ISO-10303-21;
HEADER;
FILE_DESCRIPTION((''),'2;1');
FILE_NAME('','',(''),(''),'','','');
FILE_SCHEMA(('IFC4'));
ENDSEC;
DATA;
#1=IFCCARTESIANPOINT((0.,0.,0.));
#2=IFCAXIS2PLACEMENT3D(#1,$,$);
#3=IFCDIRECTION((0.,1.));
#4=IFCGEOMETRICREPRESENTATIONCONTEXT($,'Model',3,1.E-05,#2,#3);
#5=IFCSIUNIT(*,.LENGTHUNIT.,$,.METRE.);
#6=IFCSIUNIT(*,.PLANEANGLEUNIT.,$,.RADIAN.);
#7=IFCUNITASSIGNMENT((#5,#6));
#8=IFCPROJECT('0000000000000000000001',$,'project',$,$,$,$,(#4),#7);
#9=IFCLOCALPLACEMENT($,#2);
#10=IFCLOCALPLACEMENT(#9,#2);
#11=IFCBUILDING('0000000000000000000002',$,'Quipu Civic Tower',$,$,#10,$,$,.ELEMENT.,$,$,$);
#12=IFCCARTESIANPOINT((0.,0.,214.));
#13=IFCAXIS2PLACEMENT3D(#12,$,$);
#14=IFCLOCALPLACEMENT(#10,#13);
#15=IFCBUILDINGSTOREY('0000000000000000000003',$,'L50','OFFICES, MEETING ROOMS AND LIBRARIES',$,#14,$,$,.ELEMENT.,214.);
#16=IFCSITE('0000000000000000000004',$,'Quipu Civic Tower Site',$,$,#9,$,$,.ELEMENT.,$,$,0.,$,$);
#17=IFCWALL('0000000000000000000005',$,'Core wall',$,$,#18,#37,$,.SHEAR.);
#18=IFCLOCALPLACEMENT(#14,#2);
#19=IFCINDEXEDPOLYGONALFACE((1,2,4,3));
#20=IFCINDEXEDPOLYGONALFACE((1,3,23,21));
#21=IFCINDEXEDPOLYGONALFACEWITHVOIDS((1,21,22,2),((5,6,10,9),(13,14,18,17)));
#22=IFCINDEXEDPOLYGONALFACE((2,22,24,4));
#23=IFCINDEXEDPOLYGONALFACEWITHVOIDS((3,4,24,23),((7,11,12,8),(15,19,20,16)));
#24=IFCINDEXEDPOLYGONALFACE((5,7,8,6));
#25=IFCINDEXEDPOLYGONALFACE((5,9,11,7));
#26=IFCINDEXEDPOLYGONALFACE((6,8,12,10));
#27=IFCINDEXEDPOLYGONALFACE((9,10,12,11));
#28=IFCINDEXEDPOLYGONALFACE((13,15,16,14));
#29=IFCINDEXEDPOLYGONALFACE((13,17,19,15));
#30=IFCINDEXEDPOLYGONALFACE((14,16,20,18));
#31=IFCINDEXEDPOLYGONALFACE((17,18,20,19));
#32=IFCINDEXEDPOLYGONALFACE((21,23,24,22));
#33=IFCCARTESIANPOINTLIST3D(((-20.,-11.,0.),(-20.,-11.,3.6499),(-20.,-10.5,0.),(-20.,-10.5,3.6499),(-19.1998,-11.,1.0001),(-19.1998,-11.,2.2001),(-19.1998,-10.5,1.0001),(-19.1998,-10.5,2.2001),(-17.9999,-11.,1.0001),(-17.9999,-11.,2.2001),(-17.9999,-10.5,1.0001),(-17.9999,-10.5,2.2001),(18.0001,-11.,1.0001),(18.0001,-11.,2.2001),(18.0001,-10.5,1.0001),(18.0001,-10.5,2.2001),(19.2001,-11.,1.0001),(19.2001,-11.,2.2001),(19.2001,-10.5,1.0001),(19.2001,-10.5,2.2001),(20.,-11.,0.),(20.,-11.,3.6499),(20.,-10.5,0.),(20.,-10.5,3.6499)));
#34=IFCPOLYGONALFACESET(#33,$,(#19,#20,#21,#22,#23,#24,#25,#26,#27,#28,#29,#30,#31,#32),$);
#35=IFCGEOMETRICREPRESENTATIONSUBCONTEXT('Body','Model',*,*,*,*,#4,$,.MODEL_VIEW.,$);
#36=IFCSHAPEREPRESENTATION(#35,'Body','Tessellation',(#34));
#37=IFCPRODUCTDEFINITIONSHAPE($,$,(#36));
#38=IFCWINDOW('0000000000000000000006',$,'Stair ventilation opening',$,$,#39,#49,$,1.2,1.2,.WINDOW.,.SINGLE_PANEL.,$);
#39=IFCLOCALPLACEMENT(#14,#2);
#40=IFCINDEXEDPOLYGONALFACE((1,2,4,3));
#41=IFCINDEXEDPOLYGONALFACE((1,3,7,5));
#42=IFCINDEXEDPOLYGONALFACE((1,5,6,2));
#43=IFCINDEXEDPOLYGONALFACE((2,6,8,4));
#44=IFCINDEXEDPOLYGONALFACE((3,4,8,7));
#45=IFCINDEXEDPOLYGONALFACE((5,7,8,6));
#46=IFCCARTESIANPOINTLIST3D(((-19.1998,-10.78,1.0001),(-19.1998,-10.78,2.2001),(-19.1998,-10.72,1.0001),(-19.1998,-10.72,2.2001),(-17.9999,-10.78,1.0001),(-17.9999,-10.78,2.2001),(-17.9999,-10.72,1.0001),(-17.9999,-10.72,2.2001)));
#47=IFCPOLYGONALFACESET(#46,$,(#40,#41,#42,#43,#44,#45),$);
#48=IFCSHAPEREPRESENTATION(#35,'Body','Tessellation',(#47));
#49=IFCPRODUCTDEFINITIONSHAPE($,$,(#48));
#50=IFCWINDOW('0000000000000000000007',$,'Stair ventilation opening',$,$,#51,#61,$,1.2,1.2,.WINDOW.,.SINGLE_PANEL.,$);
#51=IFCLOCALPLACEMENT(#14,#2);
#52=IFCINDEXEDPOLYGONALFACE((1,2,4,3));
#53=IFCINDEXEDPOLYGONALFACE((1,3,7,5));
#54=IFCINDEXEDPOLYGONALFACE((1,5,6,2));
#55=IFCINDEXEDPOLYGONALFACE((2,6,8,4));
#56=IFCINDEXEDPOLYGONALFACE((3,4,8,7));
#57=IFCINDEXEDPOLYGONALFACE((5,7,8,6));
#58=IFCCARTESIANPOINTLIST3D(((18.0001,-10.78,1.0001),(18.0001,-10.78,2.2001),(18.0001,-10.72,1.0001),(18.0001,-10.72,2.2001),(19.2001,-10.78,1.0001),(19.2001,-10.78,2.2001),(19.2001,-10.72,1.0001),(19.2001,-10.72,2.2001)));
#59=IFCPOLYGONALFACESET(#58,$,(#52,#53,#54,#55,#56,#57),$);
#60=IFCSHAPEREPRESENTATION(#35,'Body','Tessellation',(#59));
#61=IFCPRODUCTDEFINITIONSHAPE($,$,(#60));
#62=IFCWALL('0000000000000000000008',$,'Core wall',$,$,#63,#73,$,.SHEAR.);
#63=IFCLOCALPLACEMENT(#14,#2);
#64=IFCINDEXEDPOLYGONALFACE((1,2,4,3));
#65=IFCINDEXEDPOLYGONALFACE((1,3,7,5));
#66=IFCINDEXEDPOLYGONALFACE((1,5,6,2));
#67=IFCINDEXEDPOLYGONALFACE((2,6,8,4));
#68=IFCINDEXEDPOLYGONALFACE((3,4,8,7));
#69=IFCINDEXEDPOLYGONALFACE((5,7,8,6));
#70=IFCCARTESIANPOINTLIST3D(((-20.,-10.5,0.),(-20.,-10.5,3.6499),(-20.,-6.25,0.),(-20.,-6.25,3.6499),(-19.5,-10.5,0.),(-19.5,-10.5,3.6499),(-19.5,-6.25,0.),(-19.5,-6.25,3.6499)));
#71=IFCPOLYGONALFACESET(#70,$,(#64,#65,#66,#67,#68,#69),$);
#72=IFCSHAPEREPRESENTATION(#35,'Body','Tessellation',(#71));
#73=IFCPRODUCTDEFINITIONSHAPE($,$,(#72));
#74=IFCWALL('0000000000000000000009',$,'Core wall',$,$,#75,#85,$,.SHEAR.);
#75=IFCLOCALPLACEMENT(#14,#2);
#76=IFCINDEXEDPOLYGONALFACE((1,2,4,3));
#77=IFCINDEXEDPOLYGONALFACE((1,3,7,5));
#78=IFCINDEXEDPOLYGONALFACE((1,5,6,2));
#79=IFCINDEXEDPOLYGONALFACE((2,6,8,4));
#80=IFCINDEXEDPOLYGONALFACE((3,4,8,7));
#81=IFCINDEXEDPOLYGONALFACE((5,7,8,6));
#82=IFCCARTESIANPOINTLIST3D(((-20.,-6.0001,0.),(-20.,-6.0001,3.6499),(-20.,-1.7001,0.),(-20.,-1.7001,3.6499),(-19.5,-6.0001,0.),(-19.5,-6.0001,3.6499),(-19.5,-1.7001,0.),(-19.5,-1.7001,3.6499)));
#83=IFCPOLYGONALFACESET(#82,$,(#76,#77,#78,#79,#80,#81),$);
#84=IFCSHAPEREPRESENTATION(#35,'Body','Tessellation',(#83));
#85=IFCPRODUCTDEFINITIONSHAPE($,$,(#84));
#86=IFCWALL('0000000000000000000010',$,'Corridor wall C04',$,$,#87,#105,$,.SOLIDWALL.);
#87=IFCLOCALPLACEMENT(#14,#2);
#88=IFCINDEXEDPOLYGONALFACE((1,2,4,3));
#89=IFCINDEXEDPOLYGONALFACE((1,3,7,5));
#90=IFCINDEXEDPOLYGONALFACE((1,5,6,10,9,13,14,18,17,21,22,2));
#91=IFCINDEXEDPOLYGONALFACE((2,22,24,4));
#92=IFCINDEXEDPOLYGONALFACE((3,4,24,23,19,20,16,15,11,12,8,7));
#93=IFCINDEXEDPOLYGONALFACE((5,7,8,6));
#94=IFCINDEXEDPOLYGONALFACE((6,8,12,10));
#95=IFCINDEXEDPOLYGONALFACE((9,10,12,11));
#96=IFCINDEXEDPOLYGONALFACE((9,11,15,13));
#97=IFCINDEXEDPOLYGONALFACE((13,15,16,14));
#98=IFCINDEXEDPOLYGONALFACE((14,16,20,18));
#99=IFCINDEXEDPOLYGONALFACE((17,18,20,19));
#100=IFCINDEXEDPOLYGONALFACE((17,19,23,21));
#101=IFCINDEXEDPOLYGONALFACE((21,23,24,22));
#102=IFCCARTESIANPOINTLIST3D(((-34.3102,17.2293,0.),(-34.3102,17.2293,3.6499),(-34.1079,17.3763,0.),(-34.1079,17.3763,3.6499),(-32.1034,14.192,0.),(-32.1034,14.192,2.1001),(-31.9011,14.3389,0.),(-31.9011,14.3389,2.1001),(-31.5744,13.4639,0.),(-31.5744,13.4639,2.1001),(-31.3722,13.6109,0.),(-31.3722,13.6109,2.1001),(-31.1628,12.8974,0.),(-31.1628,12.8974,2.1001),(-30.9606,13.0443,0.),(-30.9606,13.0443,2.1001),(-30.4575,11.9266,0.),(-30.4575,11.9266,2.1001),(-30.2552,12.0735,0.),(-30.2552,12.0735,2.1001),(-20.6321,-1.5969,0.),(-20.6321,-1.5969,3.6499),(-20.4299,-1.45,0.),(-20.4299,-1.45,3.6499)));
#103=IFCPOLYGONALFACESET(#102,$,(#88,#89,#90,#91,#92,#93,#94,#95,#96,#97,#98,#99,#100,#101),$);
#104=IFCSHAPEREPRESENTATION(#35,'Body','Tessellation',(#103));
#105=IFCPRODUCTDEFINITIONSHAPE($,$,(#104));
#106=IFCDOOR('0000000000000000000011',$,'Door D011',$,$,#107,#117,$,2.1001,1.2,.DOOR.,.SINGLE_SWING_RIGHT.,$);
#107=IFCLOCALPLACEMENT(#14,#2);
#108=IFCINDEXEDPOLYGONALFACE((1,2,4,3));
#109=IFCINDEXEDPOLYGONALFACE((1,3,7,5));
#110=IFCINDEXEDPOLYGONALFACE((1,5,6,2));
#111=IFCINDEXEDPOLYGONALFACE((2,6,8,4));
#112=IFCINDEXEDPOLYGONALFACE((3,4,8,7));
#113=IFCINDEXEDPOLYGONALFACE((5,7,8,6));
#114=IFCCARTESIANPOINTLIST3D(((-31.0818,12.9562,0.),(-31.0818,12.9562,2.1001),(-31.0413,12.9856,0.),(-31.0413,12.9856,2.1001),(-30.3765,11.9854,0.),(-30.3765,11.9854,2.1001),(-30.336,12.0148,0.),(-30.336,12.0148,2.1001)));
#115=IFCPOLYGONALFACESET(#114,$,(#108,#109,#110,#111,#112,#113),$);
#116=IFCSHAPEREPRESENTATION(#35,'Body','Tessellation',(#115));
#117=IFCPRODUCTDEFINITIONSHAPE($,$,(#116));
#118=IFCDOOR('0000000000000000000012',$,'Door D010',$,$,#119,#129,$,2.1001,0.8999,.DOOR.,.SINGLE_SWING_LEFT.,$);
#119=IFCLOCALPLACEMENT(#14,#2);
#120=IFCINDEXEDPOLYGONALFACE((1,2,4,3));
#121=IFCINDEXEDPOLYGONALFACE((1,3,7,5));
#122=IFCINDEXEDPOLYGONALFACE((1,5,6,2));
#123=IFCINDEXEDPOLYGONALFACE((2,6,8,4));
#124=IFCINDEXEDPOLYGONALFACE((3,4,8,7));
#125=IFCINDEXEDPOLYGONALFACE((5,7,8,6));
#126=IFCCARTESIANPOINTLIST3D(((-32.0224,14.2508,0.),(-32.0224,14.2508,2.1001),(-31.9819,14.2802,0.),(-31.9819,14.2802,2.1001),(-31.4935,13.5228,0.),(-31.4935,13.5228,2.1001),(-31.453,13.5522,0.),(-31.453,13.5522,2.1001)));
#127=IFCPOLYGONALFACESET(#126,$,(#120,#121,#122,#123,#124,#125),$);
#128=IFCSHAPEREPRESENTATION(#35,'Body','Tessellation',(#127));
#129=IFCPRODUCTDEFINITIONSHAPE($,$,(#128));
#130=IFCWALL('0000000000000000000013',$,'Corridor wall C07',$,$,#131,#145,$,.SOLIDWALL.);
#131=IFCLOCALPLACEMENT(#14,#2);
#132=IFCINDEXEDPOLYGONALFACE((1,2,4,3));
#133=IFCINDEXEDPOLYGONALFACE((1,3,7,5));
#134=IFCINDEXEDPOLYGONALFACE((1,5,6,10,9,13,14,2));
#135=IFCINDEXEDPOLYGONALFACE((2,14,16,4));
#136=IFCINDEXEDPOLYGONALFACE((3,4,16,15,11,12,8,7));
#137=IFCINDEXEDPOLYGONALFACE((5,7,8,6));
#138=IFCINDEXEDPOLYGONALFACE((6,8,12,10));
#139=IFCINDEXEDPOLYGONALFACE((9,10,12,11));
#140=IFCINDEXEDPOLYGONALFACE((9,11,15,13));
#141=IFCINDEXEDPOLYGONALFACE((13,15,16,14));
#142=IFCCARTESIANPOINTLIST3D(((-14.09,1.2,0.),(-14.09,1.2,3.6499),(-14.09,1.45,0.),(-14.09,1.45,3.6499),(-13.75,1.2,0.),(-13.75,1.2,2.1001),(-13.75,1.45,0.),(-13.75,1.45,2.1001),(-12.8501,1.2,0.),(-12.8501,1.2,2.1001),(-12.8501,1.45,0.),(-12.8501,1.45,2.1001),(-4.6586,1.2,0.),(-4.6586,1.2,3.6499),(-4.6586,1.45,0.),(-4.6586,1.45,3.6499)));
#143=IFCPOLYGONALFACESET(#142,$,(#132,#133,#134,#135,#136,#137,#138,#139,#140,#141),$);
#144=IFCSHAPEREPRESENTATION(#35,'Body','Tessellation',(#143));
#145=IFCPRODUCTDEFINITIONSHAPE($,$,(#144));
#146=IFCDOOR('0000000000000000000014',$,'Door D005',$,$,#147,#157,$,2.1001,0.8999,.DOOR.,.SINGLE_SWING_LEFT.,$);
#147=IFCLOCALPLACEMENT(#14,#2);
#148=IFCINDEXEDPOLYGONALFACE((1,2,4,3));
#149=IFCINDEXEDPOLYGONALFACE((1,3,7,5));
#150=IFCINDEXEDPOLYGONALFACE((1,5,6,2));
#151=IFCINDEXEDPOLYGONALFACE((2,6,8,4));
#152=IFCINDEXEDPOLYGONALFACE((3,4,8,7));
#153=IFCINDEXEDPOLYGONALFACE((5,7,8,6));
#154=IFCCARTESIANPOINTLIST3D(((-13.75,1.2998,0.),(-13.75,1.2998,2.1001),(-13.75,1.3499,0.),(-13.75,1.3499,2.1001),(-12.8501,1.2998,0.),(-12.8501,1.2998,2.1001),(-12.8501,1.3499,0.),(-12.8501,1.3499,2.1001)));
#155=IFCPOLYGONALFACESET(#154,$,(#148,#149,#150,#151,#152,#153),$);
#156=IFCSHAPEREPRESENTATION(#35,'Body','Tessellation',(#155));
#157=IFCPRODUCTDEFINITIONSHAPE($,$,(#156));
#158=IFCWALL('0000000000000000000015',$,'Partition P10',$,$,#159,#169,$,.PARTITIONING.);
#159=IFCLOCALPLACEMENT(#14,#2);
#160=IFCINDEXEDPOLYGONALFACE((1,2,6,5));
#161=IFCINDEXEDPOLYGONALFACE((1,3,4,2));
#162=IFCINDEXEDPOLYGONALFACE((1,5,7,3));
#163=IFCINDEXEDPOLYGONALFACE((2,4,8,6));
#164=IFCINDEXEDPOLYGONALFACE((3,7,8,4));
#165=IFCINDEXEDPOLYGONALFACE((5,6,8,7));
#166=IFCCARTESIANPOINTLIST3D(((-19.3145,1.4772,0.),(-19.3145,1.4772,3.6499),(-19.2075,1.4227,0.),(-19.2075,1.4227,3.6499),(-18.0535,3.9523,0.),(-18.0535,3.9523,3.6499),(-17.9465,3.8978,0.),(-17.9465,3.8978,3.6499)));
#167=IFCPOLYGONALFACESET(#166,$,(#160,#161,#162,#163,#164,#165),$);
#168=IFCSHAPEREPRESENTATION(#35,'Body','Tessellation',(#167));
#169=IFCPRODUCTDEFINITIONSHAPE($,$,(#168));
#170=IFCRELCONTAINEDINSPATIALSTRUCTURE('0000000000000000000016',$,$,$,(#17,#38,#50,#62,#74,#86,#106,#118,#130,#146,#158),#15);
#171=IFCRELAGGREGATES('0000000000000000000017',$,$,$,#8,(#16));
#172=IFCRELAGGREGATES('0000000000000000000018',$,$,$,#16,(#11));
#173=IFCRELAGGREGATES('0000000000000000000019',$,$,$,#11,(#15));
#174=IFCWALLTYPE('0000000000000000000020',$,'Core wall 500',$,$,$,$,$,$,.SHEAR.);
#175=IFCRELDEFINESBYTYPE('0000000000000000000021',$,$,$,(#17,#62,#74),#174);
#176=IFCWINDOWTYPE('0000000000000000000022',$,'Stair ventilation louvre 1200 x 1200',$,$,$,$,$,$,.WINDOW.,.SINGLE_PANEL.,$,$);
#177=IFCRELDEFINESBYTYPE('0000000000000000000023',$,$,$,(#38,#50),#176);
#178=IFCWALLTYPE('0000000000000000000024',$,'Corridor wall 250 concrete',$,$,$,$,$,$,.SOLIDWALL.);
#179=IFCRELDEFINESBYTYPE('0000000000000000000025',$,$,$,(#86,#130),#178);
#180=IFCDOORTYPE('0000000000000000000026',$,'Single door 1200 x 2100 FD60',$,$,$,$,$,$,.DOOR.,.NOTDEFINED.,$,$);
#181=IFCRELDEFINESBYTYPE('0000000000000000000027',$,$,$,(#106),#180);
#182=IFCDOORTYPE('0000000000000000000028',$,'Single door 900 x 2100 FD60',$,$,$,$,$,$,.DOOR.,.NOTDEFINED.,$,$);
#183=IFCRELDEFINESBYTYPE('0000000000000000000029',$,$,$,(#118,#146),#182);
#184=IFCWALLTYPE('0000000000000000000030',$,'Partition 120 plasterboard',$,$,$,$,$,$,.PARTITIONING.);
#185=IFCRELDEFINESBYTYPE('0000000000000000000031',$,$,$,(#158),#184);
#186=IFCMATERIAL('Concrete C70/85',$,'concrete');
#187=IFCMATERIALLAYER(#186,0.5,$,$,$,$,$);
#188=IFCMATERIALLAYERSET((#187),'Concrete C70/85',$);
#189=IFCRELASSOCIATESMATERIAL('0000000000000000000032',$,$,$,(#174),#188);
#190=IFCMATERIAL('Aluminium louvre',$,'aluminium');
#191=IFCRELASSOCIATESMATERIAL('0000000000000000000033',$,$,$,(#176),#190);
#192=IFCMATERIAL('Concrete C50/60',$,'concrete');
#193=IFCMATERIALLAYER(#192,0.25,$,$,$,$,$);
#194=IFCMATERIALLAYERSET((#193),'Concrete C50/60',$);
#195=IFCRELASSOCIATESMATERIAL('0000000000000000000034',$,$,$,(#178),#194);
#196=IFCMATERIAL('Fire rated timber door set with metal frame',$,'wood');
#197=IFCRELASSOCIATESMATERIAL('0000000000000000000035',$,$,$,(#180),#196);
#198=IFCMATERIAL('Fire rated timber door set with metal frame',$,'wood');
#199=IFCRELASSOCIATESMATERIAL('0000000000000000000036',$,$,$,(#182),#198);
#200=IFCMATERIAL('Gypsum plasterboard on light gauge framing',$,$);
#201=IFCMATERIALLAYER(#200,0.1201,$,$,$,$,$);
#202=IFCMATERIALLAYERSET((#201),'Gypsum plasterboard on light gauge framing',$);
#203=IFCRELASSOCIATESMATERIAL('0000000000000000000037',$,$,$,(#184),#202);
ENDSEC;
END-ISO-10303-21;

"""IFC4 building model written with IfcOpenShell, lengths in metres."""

from ifc_helpers import new_model, si_unit, direction, frame, frame_2d, origin, place, context, subcontext, project, spatial, rectangle, extrude, material, layer, layer_set, type_object, element, fill, save


model = new_model("IFC4")

# Units and contexts
model_context = context("Model", 3, precision=1e-05, world=origin(), true_north=direction((0.0, 1.0)))
body_context = subcontext(model_context, "Body", "Model", "MODEL_VIEW")
ifc_project = project(units=[si_unit("LENGTHUNIT", "METRE"), si_unit("PLANEANGLEUNIT", "RADIAN")], contexts=[model_context])

# Site, building, storey
site_placement = place(None, origin())
site = spatial("IfcSite", under=ifc_project, at=site_placement, Name="Quipu Civic Tower Site", CompositionType="ELEMENT", RefElevation=0.0)
building_placement = place(site_placement, origin())
building = spatial("IfcBuilding", under=site, at=building_placement, Name="Quipu Civic Tower", CompositionType="ELEMENT")
storey_placement = place(building_placement, frame((0.0, 0.0, 214.0)))
storey = spatial("IfcBuildingStorey", under=building, at=storey_placement, Name="L50", Description="OFFICES, MEETING ROOMS AND LIBRARIES", CompositionType="ELEMENT", Elevation=214.0)

# Wall, openings, windows
ifc_material_1 = material(Name="Concrete C70/85", Category="concrete")
ifc_layer_1 = layer(ifc_material_1, 0.5)
ifc_layer_set_1 = layer_set([ifc_layer_1], Name="Concrete C70/85")
wall_type_1 = type_object("IfcWallType", Name="Core wall 500", PredefinedType="SHEAR", material=ifc_layer_set_1)
wall_1_placement = place(storey_placement, frame((-20.0, -10.75, 0.0), z_axis=(0.0, 0.0, 1.0), x_axis=(1.0, 0.0, 0.0)))
wall_1 = element("IfcWall", 1, at=wall_1_placement, inside=storey, type_object=wall_type_1, Name="Core wall", PredefinedType="SHEAR", context=body_context, shape_type="SweptSolid", body=[
    extrude(rectangle(XDim=40.0, YDim=0.5, at=frame_2d((20.0, 0.0))), origin(), (0.0, 0.0, 1.0), 3.6499),
])
opening_1_placement = place(wall_1_placement, frame((0.8, 0.0, 1.0)))
opening_1 = element("IfcOpeningElement", 2, at=opening_1_placement, cuts=wall_1, PredefinedType="OPENING", context=body_context, shape_type="SweptSolid", body=[
    extrude(rectangle(XDim=1.2, YDim=1.2, at=frame_2d((0.6001, 0.6001))), frame((0.0, 0.26, 0.0), z_axis=(0.0, -1.0, 0.0), x_axis=(1.0, 0.0, 0.0)), (0.0, 0.0, 1.0), 0.52),
])
opening_2_placement = place(wall_1_placement, frame((38.0, 0.0, 1.0)))
opening_2 = element("IfcOpeningElement", 3, at=opening_2_placement, cuts=wall_1, PredefinedType="OPENING", context=body_context, shape_type="SweptSolid", body=[
    extrude(rectangle(XDim=1.2, YDim=1.2, at=frame_2d((0.6001, 0.6001))), frame((0.0, 0.26, 0.0), z_axis=(0.0, -1.0, 0.0), x_axis=(1.0, 0.0, 0.0)), (0.0, 0.0, 1.0), 0.52),
])
ifc_material_2 = material(Name="Aluminium louvre", Category="aluminium")
window_type = type_object("IfcWindowType", Name="Stair ventilation louvre 1200 x 1200", PartitioningType="SINGLE_PANEL", PredefinedType="WINDOW", material=ifc_material_2)
window_1_placement = place(opening_1_placement, origin())
window_1 = element("IfcWindow", 4, at=window_1_placement, inside=storey, type_object=window_type, Name="Stair ventilation opening", OverallHeight=1.2, OverallWidth=1.2, PartitioningType="SINGLE_PANEL", PredefinedType="WINDOW", context=body_context, shape_type="SweptSolid", body=[
    extrude(rectangle(XDim=1.2, YDim=1.2, at=frame_2d((0.6001, 0.6001))), frame((0.0, 0.03, 0.0), z_axis=(0.0, -1.0, 0.0), x_axis=(1.0, 0.0, 0.0)), (0.0, 0.0, 1.0), 0.0601),
])
fill(opening_1, window_1)
window_2_placement = place(opening_2_placement, origin())
window_2 = element("IfcWindow", 5, at=window_2_placement, inside=storey, type_object=window_type, Name="Stair ventilation opening", OverallHeight=1.2, OverallWidth=1.2, PartitioningType="SINGLE_PANEL", PredefinedType="WINDOW", context=body_context, shape_type="SweptSolid", body=[
    extrude(rectangle(XDim=1.2, YDim=1.2, at=frame_2d((0.6001, 0.6001))), frame((0.0, 0.03, 0.0), z_axis=(0.0, -1.0, 0.0), x_axis=(1.0, 0.0, 0.0)), (0.0, 0.0, 1.0), 0.0601),
])
fill(opening_2, window_2)

# Walls
wall_2_placement = place(storey_placement, frame((-19.75, -10.5, 0.0), z_axis=(0.0, 0.0, 1.0), x_axis=(0.0, 1.0, 0.0)))
element("IfcWall", 6, at=wall_2_placement, inside=storey, type_object=wall_type_1, Name="Core wall", PredefinedType="SHEAR", context=body_context, shape_type="SweptSolid", body=[
    extrude(rectangle(XDim=4.25, YDim=0.5, at=frame_2d((2.125, 0.0))), origin(), (0.0, 0.0, 1.0), 3.6499),
])
wall_3_placement = place(storey_placement, frame((-19.75, -6.0, 0.0), z_axis=(0.0, 0.0, 1.0), x_axis=(0.0, 1.0, 0.0)))
element("IfcWall", 7, at=wall_3_placement, inside=storey, type_object=wall_type_1, Name="Core wall", PredefinedType="SHEAR", context=body_context, shape_type="SweptSolid", body=[
    extrude(rectangle(XDim=4.3, YDim=0.5, at=frame_2d((2.1499, 0.0))), origin(), (0.0, 0.0, 1.0), 3.6499),
])

# Wall, openings, doors
ifc_material_3 = material(Name="Concrete C50/60", Category="concrete")
ifc_layer_2 = layer(ifc_material_3, 0.25)
ifc_layer_set_2 = layer_set([ifc_layer_2], Name="Concrete C50/60")
wall_type_2 = type_object("IfcWallType", Name="Corridor wall 250 concrete", PredefinedType="SOLIDWALL", material=ifc_layer_set_2)
wall_4_placement = place(storey_placement, frame((-20.531, -1.5234, 0.0), z_axis=(0.0, 0.0, 1.0), x_axis=(-0.587784, 0.809018, 0.0)))
wall_4 = element("IfcWall", 8, at=wall_4_placement, inside=storey, type_object=wall_type_2, Name="Corridor wall C04", PredefinedType="SOLIDWALL", context=body_context, shape_type="SweptSolid", body=[
    extrude(rectangle(XDim=23.2705, YDim=0.25, at=frame_2d((11.6353, 0.0))), origin(), (0.0, 0.0, 1.0), 3.6499),
])
opening_3_placement = place(wall_4_placement, frame((16.7158, 0.0, 0.0)))
opening_3 = element("IfcOpeningElement", 9, at=opening_3_placement, cuts=wall_4, PredefinedType="OPENING", context=body_context, shape_type="SweptSolid", body=[
    extrude(rectangle(XDim=1.2, YDim=2.1001, at=frame_2d((0.6001, 1.05))), frame((0.0, 0.135, 0.0), z_axis=(0.0, -1.0, 0.0), x_axis=(1.0, 0.0, 0.0)), (0.0, 0.0, 1.0), 0.27),
])
opening_4_placement = place(wall_4_placement, frame((18.6162, 0.0, 0.0)))
opening_4 = element("IfcOpeningElement", 10, at=opening_4_placement, cuts=wall_4, PredefinedType="OPENING", context=body_context, shape_type="SweptSolid", body=[
    extrude(rectangle(XDim=0.8999, YDim=2.1001, at=frame_2d((0.45, 1.05))), frame((0.0, 0.135, 0.0), z_axis=(0.0, -1.0, 0.0), x_axis=(1.0, 0.0, 0.0)), (0.0, 0.0, 1.0), 0.27),
])
ifc_material_4 = material(Name="Fire rated timber door set with metal frame", Category="wood")
door_type_1 = type_object("IfcDoorType", Name="Single door 1200 x 2100 FD60", OperationType="NOTDEFINED", PredefinedType="DOOR", material=ifc_material_4)
door_1_placement = place(opening_3_placement, origin())
door_1 = element("IfcDoor", 11, at=door_1_placement, inside=storey, type_object=door_type_1, Name="Door D011", OperationType="SINGLE_SWING_RIGHT", OverallHeight=2.1001, OverallWidth=1.2, PredefinedType="DOOR", context=body_context, shape_type="SweptSolid", body=[
    extrude(rectangle(XDim=1.2, YDim=2.1001, at=frame_2d((0.6001, 1.05))), frame((0.0, 0.0249, 0.0), z_axis=(0.0, -1.0, 0.0), x_axis=(1.0, 0.0, 0.0)), (0.0, 0.0, 1.0), 0.05),
])
fill(opening_3, door_1)
ifc_material_5 = material(Name="Fire rated timber door set with metal frame", Category="wood")
door_type_2 = type_object("IfcDoorType", Name="Single door 900 x 2100 FD60", OperationType="NOTDEFINED", PredefinedType="DOOR", material=ifc_material_5)
door_2_placement = place(opening_4_placement, origin())
door_2 = element("IfcDoor", 12, at=door_2_placement, inside=storey, type_object=door_type_2, Name="Door D010", OperationType="SINGLE_SWING_LEFT", OverallHeight=2.1001, OverallWidth=0.8999, PredefinedType="DOOR", context=body_context, shape_type="SweptSolid", body=[
    extrude(rectangle(XDim=0.8999, YDim=2.1001, at=frame_2d((0.45, 1.05))), frame((0.0, 0.0249, 0.0), z_axis=(0.0, -1.0, 0.0), x_axis=(1.0, 0.0, 0.0)), (0.0, 0.0, 1.0), 0.05),
])
fill(opening_4, door_2)

# Wall, opening, door
wall_5_placement = place(storey_placement, frame((-14.0901, 1.325, 0.0), z_axis=(0.0, 0.0, 1.0), x_axis=(1.0, 0.0, 0.0)))
wall_5 = element("IfcWall", 13, at=wall_5_placement, inside=storey, type_object=wall_type_2, Name="Corridor wall C07", PredefinedType="SOLIDWALL", context=body_context, shape_type="SweptSolid", body=[
    extrude(rectangle(XDim=9.4314, YDim=0.25, at=frame_2d((4.7158, 0.0))), origin(), (0.0, 0.0, 1.0), 3.6499),
])
opening_5_placement = place(wall_5_placement, frame((0.3401, 0.0, 0.0)))
opening_5 = element("IfcOpeningElement", 14, at=opening_5_placement, cuts=wall_5, PredefinedType="OPENING", context=body_context, shape_type="SweptSolid", body=[
    extrude(rectangle(XDim=0.8999, YDim=2.1001, at=frame_2d((0.45, 1.05))), frame((0.0, 0.135, 0.0), z_axis=(0.0, -1.0, 0.0), x_axis=(1.0, 0.0, 0.0)), (0.0, 0.0, 1.0), 0.27),
])
door_3_placement = place(opening_5_placement, origin())
door_3 = element("IfcDoor", 15, at=door_3_placement, inside=storey, type_object=door_type_2, Name="Door D005", OperationType="SINGLE_SWING_LEFT", OverallHeight=2.1001, OverallWidth=0.8999, PredefinedType="DOOR", context=body_context, shape_type="SweptSolid", body=[
    extrude(rectangle(XDim=0.8999, YDim=2.1001, at=frame_2d((0.45, 1.05))), frame((0.0, 0.0249, 0.0), z_axis=(0.0, -1.0, 0.0), x_axis=(1.0, 0.0, 0.0)), (0.0, 0.0, 1.0), 0.05),
])
fill(opening_5, door_3)

# Wall
ifc_material_6 = material(Name="Gypsum plasterboard on light gauge framing")
ifc_layer_3 = layer(ifc_material_6, 0.1201)
ifc_layer_set_3 = layer_set([ifc_layer_3], Name="Gypsum plasterboard on light gauge framing")
wall_type_3 = type_object("IfcWallType", Name="Partition 120 plasterboard", PredefinedType="PARTITIONING", material=ifc_layer_set_3)
wall_6_placement = place(storey_placement, frame((-19.261, 1.45, 0.0), z_axis=(0.0, 0.0, 1.0), x_axis=(0.453951, 0.891027, 0.0)))
element("IfcWall", 16, at=wall_6_placement, inside=storey, type_object=wall_type_3, Name="Partition P10", PredefinedType="PARTITIONING", context=body_context, shape_type="SweptSolid", body=[
    extrude(rectangle(XDim=2.7778, YDim=0.1201, at=frame_2d((1.3889, 0.0))), origin(), (0.0, 0.0, 1.0), 3.6499),
])

save(model, "model.ifc")
